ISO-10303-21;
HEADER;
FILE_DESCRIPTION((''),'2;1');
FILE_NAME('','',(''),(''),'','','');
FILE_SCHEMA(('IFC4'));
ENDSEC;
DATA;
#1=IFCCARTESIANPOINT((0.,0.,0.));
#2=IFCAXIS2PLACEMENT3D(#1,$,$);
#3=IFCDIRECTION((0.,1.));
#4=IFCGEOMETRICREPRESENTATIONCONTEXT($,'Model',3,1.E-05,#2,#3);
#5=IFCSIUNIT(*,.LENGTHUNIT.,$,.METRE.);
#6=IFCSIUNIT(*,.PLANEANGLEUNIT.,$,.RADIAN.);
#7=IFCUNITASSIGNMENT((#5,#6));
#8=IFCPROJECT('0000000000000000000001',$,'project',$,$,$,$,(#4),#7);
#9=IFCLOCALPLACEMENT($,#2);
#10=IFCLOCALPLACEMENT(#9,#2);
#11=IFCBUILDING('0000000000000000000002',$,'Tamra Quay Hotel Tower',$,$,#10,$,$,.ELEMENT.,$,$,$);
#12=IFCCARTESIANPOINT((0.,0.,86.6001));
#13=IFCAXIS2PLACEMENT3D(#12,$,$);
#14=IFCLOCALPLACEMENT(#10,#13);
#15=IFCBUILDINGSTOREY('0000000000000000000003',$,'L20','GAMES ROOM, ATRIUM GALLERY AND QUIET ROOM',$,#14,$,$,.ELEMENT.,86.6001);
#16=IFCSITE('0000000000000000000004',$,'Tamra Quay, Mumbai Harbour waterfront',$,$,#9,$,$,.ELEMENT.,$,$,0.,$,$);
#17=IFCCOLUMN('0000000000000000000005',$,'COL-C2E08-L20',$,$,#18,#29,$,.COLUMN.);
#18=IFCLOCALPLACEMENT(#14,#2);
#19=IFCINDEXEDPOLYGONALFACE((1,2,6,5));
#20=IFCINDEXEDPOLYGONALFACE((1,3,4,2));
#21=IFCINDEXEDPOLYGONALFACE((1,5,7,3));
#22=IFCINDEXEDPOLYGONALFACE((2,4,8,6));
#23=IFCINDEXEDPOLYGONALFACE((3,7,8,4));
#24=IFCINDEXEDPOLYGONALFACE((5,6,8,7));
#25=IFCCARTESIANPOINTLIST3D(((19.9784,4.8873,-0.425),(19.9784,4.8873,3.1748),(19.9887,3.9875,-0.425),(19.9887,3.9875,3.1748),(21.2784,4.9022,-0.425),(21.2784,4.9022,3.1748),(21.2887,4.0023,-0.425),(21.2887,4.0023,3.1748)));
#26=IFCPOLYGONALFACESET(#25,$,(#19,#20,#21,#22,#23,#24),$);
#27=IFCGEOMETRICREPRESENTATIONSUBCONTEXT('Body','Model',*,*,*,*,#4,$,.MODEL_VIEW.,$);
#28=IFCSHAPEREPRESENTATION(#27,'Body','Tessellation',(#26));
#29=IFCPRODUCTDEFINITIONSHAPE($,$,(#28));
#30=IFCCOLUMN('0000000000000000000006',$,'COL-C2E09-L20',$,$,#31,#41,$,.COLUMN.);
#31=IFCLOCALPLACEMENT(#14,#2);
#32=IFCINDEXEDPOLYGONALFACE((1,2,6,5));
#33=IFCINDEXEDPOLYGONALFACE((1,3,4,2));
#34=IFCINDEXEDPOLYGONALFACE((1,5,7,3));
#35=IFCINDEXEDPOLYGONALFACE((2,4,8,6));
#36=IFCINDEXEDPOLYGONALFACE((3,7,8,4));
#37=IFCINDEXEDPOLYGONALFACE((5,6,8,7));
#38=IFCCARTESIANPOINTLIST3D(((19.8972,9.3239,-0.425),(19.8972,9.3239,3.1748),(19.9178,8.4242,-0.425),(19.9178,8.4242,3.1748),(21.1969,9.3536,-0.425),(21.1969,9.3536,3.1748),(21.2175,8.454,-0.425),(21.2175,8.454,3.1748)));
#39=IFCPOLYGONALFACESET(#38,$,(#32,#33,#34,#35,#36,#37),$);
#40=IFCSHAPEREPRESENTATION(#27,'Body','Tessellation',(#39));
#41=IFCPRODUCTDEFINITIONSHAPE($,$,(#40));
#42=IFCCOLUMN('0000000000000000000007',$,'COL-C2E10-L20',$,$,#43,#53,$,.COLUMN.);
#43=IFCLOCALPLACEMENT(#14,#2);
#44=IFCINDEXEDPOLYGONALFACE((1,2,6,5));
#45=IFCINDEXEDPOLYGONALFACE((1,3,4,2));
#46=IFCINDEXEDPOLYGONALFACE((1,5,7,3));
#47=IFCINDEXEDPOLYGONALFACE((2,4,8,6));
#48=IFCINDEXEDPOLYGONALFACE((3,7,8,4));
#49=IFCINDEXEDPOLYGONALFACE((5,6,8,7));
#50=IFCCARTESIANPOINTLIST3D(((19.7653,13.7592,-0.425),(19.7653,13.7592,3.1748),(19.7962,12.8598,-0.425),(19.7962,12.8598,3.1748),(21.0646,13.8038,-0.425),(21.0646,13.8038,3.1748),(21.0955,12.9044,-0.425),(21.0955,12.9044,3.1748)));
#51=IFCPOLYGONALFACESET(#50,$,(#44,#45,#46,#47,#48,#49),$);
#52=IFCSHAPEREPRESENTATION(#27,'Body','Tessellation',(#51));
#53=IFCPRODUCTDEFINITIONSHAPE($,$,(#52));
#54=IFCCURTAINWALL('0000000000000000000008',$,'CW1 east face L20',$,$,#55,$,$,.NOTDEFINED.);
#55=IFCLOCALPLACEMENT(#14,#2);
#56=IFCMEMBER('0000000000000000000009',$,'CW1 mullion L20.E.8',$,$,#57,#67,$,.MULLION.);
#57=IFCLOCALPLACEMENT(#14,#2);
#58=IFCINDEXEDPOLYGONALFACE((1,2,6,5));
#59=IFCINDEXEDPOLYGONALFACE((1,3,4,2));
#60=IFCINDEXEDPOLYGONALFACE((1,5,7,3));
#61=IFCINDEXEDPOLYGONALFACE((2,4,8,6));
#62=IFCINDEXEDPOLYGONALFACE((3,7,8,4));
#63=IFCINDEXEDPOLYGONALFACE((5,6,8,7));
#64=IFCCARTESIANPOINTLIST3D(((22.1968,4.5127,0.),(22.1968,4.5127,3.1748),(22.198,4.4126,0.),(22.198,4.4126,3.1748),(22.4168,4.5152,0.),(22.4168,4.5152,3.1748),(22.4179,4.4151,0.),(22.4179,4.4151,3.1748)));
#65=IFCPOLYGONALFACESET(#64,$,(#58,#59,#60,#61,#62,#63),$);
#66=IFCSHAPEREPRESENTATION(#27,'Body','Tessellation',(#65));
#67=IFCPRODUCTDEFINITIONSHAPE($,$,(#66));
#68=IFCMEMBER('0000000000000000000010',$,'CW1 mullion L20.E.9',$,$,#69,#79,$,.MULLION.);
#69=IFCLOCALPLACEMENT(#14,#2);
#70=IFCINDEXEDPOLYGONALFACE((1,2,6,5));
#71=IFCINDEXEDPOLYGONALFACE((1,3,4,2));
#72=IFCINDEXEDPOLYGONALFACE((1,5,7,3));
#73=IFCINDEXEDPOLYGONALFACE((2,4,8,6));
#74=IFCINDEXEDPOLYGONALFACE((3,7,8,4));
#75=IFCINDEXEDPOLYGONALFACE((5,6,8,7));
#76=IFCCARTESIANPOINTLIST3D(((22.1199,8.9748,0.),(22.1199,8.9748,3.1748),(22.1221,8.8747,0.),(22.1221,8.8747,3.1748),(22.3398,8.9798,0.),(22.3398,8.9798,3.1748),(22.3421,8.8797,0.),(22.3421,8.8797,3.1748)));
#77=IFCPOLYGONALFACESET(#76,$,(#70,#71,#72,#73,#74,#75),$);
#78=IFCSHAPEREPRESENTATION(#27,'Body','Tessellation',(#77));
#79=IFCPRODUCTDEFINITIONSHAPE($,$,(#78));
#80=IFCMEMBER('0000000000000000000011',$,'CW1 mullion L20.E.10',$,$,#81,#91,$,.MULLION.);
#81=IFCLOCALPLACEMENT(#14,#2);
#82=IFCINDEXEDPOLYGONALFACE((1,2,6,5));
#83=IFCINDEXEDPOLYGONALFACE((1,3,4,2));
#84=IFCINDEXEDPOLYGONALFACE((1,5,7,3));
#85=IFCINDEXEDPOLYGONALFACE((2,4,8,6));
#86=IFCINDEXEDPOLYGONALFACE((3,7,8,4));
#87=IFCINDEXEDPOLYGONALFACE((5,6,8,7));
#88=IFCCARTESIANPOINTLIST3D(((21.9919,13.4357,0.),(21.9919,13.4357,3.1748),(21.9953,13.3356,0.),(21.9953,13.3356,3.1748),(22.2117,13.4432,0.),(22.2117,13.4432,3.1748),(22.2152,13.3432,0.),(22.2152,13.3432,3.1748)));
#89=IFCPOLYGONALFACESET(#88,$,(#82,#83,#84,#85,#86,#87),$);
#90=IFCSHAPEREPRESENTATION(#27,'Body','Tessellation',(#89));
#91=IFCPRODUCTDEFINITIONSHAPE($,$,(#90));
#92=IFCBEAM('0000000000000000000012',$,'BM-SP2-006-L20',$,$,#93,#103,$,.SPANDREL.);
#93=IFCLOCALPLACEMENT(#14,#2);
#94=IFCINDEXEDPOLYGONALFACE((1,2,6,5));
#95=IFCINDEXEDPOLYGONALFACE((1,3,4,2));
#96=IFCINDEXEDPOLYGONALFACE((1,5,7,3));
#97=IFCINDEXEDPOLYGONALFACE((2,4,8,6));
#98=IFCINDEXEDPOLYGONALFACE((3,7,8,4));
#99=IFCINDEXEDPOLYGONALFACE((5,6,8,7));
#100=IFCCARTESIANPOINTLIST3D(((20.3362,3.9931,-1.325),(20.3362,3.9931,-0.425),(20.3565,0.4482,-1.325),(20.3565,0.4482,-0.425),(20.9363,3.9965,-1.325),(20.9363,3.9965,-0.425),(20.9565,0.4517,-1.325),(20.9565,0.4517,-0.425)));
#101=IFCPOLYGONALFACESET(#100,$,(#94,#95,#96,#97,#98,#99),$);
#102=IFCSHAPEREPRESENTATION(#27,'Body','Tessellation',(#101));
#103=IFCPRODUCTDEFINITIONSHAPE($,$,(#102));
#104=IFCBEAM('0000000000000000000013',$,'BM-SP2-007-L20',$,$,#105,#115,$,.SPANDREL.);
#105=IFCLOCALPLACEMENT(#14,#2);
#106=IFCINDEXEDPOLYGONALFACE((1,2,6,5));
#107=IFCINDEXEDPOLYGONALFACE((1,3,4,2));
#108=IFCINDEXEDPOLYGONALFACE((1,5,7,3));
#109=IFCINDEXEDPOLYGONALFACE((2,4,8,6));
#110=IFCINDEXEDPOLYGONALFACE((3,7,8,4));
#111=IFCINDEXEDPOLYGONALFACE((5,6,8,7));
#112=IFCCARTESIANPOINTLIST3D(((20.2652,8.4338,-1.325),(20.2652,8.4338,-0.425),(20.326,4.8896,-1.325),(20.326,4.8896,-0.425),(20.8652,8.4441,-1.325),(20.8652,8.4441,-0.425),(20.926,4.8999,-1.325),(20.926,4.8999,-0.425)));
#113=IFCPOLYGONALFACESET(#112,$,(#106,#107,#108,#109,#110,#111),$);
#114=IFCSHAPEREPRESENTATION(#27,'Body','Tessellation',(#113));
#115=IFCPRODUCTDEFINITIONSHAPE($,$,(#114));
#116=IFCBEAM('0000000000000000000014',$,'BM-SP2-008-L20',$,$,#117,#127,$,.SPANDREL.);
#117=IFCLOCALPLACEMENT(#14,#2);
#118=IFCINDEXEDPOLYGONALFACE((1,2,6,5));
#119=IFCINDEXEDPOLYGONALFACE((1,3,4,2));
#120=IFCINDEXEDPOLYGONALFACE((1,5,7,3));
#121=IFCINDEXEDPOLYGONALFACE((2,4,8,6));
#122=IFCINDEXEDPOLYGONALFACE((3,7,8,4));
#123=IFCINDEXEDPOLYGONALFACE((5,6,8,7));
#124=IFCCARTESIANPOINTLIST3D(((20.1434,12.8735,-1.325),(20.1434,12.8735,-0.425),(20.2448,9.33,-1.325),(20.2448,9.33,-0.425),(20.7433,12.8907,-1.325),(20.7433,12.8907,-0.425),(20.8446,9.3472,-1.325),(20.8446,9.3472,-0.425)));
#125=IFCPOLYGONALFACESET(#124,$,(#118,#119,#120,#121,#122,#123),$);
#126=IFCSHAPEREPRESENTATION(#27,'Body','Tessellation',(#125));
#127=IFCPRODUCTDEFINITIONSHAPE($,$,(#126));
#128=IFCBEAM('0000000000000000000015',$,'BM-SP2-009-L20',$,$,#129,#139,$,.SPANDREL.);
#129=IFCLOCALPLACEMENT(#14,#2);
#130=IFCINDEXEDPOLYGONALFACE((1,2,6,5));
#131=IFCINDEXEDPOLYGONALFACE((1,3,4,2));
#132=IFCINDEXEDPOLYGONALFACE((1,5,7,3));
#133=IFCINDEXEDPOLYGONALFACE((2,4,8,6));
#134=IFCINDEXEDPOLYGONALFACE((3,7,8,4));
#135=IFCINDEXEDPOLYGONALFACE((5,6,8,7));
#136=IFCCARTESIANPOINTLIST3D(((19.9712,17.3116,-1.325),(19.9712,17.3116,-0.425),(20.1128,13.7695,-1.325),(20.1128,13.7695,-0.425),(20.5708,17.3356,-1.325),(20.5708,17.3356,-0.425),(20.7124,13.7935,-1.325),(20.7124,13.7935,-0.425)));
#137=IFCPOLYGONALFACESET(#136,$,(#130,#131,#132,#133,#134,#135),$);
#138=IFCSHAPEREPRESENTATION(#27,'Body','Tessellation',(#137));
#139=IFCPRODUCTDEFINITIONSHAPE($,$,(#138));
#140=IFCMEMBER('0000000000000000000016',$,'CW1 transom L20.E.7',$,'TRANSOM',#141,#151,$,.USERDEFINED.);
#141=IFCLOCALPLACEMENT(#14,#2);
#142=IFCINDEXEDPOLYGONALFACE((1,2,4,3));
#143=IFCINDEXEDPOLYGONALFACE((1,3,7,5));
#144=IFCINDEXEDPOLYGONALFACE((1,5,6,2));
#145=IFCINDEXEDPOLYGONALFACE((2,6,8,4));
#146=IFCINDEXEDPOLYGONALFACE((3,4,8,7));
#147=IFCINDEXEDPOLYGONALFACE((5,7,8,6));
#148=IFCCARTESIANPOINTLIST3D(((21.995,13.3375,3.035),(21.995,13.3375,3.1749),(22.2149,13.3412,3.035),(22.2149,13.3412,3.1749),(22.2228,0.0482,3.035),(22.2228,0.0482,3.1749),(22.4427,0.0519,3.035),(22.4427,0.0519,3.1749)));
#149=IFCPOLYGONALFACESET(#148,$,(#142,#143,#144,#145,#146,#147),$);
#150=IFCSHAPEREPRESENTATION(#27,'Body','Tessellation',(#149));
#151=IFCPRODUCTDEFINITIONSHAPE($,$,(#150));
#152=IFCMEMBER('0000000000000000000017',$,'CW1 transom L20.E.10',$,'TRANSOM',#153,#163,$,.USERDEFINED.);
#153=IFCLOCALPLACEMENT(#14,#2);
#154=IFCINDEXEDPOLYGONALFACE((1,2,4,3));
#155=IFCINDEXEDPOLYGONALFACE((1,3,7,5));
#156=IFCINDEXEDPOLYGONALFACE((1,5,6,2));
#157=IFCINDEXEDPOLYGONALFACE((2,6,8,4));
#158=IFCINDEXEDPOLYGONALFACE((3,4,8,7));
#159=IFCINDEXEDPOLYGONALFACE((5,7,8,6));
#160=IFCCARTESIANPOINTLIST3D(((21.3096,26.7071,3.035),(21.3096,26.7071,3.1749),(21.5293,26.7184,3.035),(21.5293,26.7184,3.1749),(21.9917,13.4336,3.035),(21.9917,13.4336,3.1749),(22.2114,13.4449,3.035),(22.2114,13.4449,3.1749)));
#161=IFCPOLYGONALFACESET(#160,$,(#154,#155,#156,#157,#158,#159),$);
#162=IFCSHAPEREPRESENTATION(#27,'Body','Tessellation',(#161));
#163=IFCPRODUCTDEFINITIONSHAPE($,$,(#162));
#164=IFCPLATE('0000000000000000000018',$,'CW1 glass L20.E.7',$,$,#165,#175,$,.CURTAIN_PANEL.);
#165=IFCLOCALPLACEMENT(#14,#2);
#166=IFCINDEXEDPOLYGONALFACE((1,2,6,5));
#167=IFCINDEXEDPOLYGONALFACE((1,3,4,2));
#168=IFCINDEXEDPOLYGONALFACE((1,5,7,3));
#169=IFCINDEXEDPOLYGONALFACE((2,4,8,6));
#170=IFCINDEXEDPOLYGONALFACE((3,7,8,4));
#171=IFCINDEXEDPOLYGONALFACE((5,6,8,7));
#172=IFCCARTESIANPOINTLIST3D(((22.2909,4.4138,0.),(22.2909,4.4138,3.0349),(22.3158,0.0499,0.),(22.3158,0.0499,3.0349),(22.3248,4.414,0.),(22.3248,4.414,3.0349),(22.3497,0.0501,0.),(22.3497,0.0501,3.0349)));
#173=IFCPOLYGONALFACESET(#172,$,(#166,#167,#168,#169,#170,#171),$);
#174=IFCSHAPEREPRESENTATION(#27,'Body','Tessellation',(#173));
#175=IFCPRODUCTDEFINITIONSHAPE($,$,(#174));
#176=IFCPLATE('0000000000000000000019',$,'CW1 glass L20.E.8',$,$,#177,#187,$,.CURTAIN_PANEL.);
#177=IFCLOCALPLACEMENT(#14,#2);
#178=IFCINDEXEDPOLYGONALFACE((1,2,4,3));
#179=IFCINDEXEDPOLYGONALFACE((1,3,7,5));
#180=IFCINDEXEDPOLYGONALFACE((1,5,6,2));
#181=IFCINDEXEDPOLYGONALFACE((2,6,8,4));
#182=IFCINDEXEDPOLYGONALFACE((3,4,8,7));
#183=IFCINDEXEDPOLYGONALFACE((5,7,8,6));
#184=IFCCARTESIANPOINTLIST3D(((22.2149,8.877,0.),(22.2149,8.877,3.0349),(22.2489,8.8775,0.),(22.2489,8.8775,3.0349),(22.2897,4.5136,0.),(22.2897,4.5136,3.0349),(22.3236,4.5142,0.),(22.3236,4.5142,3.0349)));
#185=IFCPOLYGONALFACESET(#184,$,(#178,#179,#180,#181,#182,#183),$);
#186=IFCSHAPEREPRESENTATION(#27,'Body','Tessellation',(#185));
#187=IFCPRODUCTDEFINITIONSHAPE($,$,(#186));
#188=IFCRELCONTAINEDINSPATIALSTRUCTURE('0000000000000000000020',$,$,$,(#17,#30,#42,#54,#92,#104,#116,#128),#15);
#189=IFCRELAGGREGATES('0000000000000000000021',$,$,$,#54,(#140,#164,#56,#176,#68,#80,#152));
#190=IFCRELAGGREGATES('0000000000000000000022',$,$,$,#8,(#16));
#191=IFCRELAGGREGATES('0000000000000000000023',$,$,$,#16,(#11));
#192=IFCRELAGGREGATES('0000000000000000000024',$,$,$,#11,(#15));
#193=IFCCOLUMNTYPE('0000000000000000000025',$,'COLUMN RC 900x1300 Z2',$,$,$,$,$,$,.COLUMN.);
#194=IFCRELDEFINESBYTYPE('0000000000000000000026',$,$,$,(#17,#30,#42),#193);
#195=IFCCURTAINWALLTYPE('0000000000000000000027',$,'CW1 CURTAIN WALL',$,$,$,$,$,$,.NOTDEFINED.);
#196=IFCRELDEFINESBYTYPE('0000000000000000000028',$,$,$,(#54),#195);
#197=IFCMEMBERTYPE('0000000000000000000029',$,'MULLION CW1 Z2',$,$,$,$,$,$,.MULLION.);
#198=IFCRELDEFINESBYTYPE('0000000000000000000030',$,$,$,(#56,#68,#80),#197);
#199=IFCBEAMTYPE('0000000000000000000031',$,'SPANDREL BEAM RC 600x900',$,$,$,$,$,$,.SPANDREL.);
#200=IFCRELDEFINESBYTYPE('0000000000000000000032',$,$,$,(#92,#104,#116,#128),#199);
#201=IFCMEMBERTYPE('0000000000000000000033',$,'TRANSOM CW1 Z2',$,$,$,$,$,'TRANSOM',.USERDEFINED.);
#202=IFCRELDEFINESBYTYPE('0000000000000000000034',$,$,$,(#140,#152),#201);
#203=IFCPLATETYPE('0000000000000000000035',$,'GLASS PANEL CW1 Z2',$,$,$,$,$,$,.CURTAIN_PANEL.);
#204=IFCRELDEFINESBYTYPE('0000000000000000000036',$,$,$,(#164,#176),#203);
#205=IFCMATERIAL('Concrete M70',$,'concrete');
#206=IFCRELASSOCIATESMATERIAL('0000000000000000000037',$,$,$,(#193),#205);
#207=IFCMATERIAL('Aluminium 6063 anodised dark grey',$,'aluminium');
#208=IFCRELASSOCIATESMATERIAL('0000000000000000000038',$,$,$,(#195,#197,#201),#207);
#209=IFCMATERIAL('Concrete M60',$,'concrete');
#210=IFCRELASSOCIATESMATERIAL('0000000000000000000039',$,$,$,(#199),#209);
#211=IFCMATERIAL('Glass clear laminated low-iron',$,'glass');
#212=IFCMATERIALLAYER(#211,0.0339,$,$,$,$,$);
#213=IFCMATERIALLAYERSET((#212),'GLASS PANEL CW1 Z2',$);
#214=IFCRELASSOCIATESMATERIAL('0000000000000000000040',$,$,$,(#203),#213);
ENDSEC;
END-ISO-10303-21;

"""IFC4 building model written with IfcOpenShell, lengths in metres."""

from ifc_helpers import new_model, si_unit, direction, frame, origin, origin_2d, place, context, subcontext, project, spatial, rectangle, extrude, material, layer, layer_set, material_profile, profile_set, type_object, element, aggregate, save


model = new_model("IFC4")

# Units and contexts
model_context = context("Model", 3, precision=1e-05, world=origin(), true_north=direction((0.0, 1.0)))
body_context = subcontext(model_context, "Body", "Model", "MODEL_VIEW")
ifc_project = project(units=[si_unit("LENGTHUNIT", "METRE"), si_unit("PLANEANGLEUNIT", "RADIAN")], contexts=[model_context])

# Site, building, storey
site_placement = place(None, origin())
site = spatial("IfcSite", under=ifc_project, at=site_placement, Name="Tamra Quay, Mumbai Harbour waterfront", CompositionType="ELEMENT", RefElevation=0.0)
building_placement = place(site_placement, origin())
building = spatial("IfcBuilding", under=site, at=building_placement, Name="Tamra Quay Hotel Tower", CompositionType="ELEMENT")
storey_placement = place(building_placement, frame((0.0, 0.0, 86.6001)))
storey = spatial("IfcBuildingStorey", under=building, at=storey_placement, Name="L20", Description="GAMES ROOM, ATRIUM GALLERY AND QUIET ROOM", CompositionType="ELEMENT", Elevation=86.6001)

# Columns
ifc_material_1 = material(Name="Concrete M70", Category="concrete")
ifc_material_profile_1 = material_profile(ifc_material_1, rectangle(XDim=1.3, YDim=0.8999, at=origin_2d()), Name="COLUMN RC 900x1300 Z2")
ifc_profile_set_1 = profile_set([ifc_material_profile_1], Name="Concrete M70")
column_type = type_object("IfcColumnType", Name="COLUMN RC 900x1300 Z2", PredefinedType="COLUMN", material=ifc_profile_set_1)
for number, where, z_axis, x_axis, name in (
    (1, (20.6335, 4.4448, -0.425), (0.0, 0.0, 1.0), (0.999935, 0.011439, 0.0), "COL-C2E08-L20"),
    (2, (20.5574, 8.8889, -0.425), (0.0, 0.0, 1.0), (0.999738, 0.022874, 0.0), "COL-C2E09-L20"),
    (3, (20.4304, 13.3318, -0.425), (0.0, 0.0, 1.0), (0.999412, 0.034299, 0.0), "COL-C2E10-L20"),
):
    element("IfcColumn", number, at=place(storey_placement, frame(where, z_axis=z_axis, x_axis=x_axis)), inside=storey, type_object=column_type, Name=name, PredefinedType="COLUMN", context=body_context, shape_type="SweptSolid", body=[
        extrude(rectangle(XDim=1.3, YDim=0.8999, at=origin_2d()), origin(), (0.0, 0.0, 1.0), 3.5999),
    ])

# Curtain wall, members
ifc_material_2 = material(Name="Aluminium 6063 anodised dark grey", Category="aluminium")
curtain_wall_type = type_object("IfcCurtainWallType", Name="CW1 CURTAIN WALL", PredefinedType="NOTDEFINED", material=ifc_material_2)
curtain_wall_placement = place(storey_placement, origin())
curtain_wall = element("IfcCurtainWall", 4, at=curtain_wall_placement, inside=storey, type_object=curtain_wall_type, Name="CW1 east face L20", PredefinedType="NOTDEFINED")
ifc_material_profile_2 = material_profile(ifc_material_2, rectangle(XDim=0.22, YDim=0.1001, at=origin_2d()), Name="MULLION 100X220")
ifc_profile_set_2 = profile_set([ifc_material_profile_2], Name="Aluminium 6063 anodised dark grey")
member_type_1 = type_object("IfcMemberType", Name="MULLION CW1 Z2", PredefinedType="MULLION", material=ifc_profile_set_2)
member_1_placement = place(storey_placement, frame((22.3074, 4.4639, 0.0), z_axis=(0.0, 0.0, 1.0), x_axis=(0.999935, 0.011423, 0.0)))
member_1 = element("IfcMember", 5, at=member_1_placement, type_object=member_type_1, Name="CW1 mullion L20.E.8", PredefinedType="MULLION", context=body_context, shape_type="SweptSolid", body=[
    extrude(rectangle(XDim=0.22, YDim=0.1001, at=origin_2d()), origin(), (0.0, 0.0, 1.0), 3.1748),
])
member_2_placement = place(storey_placement, frame((22.231, 8.9272, 0.0), z_axis=(0.0, 0.0, 1.0), x_axis=(0.999739, 0.02284, 0.0)))
member_2 = element("IfcMember", 6, at=member_2_placement, type_object=member_type_1, Name="CW1 mullion L20.E.9", PredefinedType="MULLION", context=body_context, shape_type="SweptSolid", body=[
    extrude(rectangle(XDim=0.22, YDim=0.1001, at=origin_2d()), origin(), (0.0, 0.0, 1.0), 3.1748),
])
member_3_placement = place(storey_placement, frame((22.1035, 13.3894, 0.0), z_axis=(0.0, 0.0, 1.0), x_axis=(0.999413, 0.034246, 0.0)))
member_3 = element("IfcMember", 7, at=member_3_placement, type_object=member_type_1, Name="CW1 mullion L20.E.10", PredefinedType="MULLION", context=body_context, shape_type="SweptSolid", body=[
    extrude(rectangle(XDim=0.22, YDim=0.1001, at=origin_2d()), origin(), (0.0, 0.0, 1.0), 3.1748),
])

# Beams
ifc_material_3 = material(Name="Concrete M60", Category="concrete")
ifc_material_profile_3 = material_profile(ifc_material_3, rectangle(XDim=0.6001, YDim=0.8999, at=origin_2d()), Name="SPANDREL BEAM RC 600x900")
ifc_profile_set_3 = profile_set([ifc_material_profile_3], Name="Concrete M60")
beam_type = type_object("IfcBeamType", Name="SPANDREL BEAM RC 600x900", PredefinedType="SPANDREL", material=ifc_profile_set_3)
beam_1_placement = place(storey_placement, frame((20.6565, 0.45, -0.875), z_axis=(-0.005716, 0.999984, 0.0), x_axis=(-0.999984, -0.005716, 0.0)))
element("IfcBeam", 8, at=beam_1_placement, inside=storey, type_object=beam_type, Name="BM-SP2-006-L20", PredefinedType="SPANDREL", context=body_context, shape_type="SweptSolid", body=[
    extrude(rectangle(XDim=0.6001, YDim=0.8999, at=origin_2d()), origin(), (0.0, 0.0, 1.0), 3.5449),
])
beam_2_placement = place(storey_placement, frame((20.626, 4.8948, -0.875), z_axis=(-0.01715, 0.999853, 0.0), x_axis=(-0.999853, -0.01715, 0.0)))
element("IfcBeam", 9, at=beam_2_placement, inside=storey, type_object=beam_type, Name="BM-SP2-007-L20", PredefinedType="SPANDREL", context=body_context, shape_type="SweptSolid", body=[
    extrude(rectangle(XDim=0.6001, YDim=0.8999, at=origin_2d()), origin(), (0.0, 0.0, 1.0), 3.5447),
])
for number, where, z_axis, x_axis, name in (
    (10, (20.5447, 9.3386, -0.875), (-0.028581, 0.999591, 0.0), (-0.999591, -0.028581, 0.0), "BM-SP2-008-L20"),
    (11, (20.4126, 13.7815, -0.875), (-0.039946, 0.999202, 0.0), (-0.999202, -0.039946, 0.0), "BM-SP2-009-L20"),
):
    element("IfcBeam", number, at=place(storey_placement, frame(where, z_axis=z_axis, x_axis=x_axis)), inside=storey, type_object=beam_type, Name=name, PredefinedType="SPANDREL", context=body_context, shape_type="SweptSolid", body=[
        extrude(rectangle(XDim=0.6001, YDim=0.8999, at=origin_2d()), origin(), (0.0, 0.0, 1.0), 3.5449),
    ])

# Members
ifc_material_profile_4 = material_profile(ifc_material_2, rectangle(XDim=0.22, YDim=0.1399, at=origin_2d()), Name="TRANSOM 220X140")
ifc_profile_set_4 = profile_set([ifc_material_profile_4], Name="Aluminium 6063 anodised dark grey")
member_type_2 = type_object("IfcMemberType", Name="TRANSOM CW1 Z2", ElementType="TRANSOM", PredefinedType="USERDEFINED", material=ifc_profile_set_4)
member_4_placement = place(storey_placement, frame((22.3328, 0.05, 3.105), z_axis=(-0.017138, 0.999853, 0.0), x_axis=(-0.999853, -0.017138, 0.0)))
member_4 = element("IfcMember", 12, at=member_4_placement, type_object=member_type_2, Name="CW1 transom L20.E.7", ObjectType="TRANSOM", PredefinedType="USERDEFINED", context=body_context, shape_type="SweptSolid", body=[
    extrude(rectangle(XDim=0.22, YDim=0.1399, at=origin_2d()), origin(), (0.0, 0.0, 1.0), 13.2913),
])
member_5_placement = place(storey_placement, frame((22.1016, 13.4392, 3.105), z_axis=(-0.051323, 0.998682, 0.0), x_axis=(-0.998682, -0.051323, 0.0)))
member_5 = element("IfcMember", 13, at=member_5_placement, type_object=member_type_2, Name="CW1 transom L20.E.10", ObjectType="TRANSOM", PredefinedType="USERDEFINED", context=body_context, shape_type="SweptSolid", body=[
    extrude(rectangle(XDim=0.22, YDim=0.1399, at=origin_2d()), origin(), (0.0, 0.0, 1.0), 13.291),
])

# Plates
ifc_material_4 = material(Name="Glass clear laminated low-iron", Category="glass")
ifc_layer_1 = layer(ifc_material_4, 0.0339)
ifc_layer_set_1 = layer_set([ifc_layer_1], Name="GLASS PANEL CW1 Z2")
plate_type = type_object("IfcPlateType", Name="GLASS PANEL CW1 Z2", PredefinedType="CURTAIN_PANEL", material=ifc_layer_set_1)
plate_1_placement = place(storey_placement, frame((22.3203, 2.2319, 0.0), z_axis=(0.0, 0.0, 1.0), x_axis=(-0.005713, 0.999984, 0.0)))
plate_1 = element("IfcPlate", 14, at=plate_1_placement, type_object=plate_type, Name="CW1 glass L20.E.7", PredefinedType="CURTAIN_PANEL", context=body_context, shape_type="SweptSolid", body=[
    extrude(rectangle(XDim=4.364, YDim=0.0339, at=origin_2d()), origin(), (0.0, 0.0, 1.0), 3.0349),
])
plate_2_placement = place(storey_placement, frame((22.2693, 6.6956, 0.0), z_axis=(0.0, 0.0, 1.0), x_axis=(-0.017134, 0.999853, 0.0)))
plate_2 = element("IfcPlate", 15, at=plate_2_placement, type_object=plate_type, Name="CW1 glass L20.E.8", PredefinedType="CURTAIN_PANEL", context=body_context, shape_type="SweptSolid", body=[
    extrude(rectangle(XDim=4.364, YDim=0.0339, at=origin_2d()), origin(), (0.0, 0.0, 1.0), 3.0349),
])
aggregate(curtain_wall, [member_4, plate_1, member_1, plate_2, member_2, member_3, member_5])

save(model, "model.ifc")
